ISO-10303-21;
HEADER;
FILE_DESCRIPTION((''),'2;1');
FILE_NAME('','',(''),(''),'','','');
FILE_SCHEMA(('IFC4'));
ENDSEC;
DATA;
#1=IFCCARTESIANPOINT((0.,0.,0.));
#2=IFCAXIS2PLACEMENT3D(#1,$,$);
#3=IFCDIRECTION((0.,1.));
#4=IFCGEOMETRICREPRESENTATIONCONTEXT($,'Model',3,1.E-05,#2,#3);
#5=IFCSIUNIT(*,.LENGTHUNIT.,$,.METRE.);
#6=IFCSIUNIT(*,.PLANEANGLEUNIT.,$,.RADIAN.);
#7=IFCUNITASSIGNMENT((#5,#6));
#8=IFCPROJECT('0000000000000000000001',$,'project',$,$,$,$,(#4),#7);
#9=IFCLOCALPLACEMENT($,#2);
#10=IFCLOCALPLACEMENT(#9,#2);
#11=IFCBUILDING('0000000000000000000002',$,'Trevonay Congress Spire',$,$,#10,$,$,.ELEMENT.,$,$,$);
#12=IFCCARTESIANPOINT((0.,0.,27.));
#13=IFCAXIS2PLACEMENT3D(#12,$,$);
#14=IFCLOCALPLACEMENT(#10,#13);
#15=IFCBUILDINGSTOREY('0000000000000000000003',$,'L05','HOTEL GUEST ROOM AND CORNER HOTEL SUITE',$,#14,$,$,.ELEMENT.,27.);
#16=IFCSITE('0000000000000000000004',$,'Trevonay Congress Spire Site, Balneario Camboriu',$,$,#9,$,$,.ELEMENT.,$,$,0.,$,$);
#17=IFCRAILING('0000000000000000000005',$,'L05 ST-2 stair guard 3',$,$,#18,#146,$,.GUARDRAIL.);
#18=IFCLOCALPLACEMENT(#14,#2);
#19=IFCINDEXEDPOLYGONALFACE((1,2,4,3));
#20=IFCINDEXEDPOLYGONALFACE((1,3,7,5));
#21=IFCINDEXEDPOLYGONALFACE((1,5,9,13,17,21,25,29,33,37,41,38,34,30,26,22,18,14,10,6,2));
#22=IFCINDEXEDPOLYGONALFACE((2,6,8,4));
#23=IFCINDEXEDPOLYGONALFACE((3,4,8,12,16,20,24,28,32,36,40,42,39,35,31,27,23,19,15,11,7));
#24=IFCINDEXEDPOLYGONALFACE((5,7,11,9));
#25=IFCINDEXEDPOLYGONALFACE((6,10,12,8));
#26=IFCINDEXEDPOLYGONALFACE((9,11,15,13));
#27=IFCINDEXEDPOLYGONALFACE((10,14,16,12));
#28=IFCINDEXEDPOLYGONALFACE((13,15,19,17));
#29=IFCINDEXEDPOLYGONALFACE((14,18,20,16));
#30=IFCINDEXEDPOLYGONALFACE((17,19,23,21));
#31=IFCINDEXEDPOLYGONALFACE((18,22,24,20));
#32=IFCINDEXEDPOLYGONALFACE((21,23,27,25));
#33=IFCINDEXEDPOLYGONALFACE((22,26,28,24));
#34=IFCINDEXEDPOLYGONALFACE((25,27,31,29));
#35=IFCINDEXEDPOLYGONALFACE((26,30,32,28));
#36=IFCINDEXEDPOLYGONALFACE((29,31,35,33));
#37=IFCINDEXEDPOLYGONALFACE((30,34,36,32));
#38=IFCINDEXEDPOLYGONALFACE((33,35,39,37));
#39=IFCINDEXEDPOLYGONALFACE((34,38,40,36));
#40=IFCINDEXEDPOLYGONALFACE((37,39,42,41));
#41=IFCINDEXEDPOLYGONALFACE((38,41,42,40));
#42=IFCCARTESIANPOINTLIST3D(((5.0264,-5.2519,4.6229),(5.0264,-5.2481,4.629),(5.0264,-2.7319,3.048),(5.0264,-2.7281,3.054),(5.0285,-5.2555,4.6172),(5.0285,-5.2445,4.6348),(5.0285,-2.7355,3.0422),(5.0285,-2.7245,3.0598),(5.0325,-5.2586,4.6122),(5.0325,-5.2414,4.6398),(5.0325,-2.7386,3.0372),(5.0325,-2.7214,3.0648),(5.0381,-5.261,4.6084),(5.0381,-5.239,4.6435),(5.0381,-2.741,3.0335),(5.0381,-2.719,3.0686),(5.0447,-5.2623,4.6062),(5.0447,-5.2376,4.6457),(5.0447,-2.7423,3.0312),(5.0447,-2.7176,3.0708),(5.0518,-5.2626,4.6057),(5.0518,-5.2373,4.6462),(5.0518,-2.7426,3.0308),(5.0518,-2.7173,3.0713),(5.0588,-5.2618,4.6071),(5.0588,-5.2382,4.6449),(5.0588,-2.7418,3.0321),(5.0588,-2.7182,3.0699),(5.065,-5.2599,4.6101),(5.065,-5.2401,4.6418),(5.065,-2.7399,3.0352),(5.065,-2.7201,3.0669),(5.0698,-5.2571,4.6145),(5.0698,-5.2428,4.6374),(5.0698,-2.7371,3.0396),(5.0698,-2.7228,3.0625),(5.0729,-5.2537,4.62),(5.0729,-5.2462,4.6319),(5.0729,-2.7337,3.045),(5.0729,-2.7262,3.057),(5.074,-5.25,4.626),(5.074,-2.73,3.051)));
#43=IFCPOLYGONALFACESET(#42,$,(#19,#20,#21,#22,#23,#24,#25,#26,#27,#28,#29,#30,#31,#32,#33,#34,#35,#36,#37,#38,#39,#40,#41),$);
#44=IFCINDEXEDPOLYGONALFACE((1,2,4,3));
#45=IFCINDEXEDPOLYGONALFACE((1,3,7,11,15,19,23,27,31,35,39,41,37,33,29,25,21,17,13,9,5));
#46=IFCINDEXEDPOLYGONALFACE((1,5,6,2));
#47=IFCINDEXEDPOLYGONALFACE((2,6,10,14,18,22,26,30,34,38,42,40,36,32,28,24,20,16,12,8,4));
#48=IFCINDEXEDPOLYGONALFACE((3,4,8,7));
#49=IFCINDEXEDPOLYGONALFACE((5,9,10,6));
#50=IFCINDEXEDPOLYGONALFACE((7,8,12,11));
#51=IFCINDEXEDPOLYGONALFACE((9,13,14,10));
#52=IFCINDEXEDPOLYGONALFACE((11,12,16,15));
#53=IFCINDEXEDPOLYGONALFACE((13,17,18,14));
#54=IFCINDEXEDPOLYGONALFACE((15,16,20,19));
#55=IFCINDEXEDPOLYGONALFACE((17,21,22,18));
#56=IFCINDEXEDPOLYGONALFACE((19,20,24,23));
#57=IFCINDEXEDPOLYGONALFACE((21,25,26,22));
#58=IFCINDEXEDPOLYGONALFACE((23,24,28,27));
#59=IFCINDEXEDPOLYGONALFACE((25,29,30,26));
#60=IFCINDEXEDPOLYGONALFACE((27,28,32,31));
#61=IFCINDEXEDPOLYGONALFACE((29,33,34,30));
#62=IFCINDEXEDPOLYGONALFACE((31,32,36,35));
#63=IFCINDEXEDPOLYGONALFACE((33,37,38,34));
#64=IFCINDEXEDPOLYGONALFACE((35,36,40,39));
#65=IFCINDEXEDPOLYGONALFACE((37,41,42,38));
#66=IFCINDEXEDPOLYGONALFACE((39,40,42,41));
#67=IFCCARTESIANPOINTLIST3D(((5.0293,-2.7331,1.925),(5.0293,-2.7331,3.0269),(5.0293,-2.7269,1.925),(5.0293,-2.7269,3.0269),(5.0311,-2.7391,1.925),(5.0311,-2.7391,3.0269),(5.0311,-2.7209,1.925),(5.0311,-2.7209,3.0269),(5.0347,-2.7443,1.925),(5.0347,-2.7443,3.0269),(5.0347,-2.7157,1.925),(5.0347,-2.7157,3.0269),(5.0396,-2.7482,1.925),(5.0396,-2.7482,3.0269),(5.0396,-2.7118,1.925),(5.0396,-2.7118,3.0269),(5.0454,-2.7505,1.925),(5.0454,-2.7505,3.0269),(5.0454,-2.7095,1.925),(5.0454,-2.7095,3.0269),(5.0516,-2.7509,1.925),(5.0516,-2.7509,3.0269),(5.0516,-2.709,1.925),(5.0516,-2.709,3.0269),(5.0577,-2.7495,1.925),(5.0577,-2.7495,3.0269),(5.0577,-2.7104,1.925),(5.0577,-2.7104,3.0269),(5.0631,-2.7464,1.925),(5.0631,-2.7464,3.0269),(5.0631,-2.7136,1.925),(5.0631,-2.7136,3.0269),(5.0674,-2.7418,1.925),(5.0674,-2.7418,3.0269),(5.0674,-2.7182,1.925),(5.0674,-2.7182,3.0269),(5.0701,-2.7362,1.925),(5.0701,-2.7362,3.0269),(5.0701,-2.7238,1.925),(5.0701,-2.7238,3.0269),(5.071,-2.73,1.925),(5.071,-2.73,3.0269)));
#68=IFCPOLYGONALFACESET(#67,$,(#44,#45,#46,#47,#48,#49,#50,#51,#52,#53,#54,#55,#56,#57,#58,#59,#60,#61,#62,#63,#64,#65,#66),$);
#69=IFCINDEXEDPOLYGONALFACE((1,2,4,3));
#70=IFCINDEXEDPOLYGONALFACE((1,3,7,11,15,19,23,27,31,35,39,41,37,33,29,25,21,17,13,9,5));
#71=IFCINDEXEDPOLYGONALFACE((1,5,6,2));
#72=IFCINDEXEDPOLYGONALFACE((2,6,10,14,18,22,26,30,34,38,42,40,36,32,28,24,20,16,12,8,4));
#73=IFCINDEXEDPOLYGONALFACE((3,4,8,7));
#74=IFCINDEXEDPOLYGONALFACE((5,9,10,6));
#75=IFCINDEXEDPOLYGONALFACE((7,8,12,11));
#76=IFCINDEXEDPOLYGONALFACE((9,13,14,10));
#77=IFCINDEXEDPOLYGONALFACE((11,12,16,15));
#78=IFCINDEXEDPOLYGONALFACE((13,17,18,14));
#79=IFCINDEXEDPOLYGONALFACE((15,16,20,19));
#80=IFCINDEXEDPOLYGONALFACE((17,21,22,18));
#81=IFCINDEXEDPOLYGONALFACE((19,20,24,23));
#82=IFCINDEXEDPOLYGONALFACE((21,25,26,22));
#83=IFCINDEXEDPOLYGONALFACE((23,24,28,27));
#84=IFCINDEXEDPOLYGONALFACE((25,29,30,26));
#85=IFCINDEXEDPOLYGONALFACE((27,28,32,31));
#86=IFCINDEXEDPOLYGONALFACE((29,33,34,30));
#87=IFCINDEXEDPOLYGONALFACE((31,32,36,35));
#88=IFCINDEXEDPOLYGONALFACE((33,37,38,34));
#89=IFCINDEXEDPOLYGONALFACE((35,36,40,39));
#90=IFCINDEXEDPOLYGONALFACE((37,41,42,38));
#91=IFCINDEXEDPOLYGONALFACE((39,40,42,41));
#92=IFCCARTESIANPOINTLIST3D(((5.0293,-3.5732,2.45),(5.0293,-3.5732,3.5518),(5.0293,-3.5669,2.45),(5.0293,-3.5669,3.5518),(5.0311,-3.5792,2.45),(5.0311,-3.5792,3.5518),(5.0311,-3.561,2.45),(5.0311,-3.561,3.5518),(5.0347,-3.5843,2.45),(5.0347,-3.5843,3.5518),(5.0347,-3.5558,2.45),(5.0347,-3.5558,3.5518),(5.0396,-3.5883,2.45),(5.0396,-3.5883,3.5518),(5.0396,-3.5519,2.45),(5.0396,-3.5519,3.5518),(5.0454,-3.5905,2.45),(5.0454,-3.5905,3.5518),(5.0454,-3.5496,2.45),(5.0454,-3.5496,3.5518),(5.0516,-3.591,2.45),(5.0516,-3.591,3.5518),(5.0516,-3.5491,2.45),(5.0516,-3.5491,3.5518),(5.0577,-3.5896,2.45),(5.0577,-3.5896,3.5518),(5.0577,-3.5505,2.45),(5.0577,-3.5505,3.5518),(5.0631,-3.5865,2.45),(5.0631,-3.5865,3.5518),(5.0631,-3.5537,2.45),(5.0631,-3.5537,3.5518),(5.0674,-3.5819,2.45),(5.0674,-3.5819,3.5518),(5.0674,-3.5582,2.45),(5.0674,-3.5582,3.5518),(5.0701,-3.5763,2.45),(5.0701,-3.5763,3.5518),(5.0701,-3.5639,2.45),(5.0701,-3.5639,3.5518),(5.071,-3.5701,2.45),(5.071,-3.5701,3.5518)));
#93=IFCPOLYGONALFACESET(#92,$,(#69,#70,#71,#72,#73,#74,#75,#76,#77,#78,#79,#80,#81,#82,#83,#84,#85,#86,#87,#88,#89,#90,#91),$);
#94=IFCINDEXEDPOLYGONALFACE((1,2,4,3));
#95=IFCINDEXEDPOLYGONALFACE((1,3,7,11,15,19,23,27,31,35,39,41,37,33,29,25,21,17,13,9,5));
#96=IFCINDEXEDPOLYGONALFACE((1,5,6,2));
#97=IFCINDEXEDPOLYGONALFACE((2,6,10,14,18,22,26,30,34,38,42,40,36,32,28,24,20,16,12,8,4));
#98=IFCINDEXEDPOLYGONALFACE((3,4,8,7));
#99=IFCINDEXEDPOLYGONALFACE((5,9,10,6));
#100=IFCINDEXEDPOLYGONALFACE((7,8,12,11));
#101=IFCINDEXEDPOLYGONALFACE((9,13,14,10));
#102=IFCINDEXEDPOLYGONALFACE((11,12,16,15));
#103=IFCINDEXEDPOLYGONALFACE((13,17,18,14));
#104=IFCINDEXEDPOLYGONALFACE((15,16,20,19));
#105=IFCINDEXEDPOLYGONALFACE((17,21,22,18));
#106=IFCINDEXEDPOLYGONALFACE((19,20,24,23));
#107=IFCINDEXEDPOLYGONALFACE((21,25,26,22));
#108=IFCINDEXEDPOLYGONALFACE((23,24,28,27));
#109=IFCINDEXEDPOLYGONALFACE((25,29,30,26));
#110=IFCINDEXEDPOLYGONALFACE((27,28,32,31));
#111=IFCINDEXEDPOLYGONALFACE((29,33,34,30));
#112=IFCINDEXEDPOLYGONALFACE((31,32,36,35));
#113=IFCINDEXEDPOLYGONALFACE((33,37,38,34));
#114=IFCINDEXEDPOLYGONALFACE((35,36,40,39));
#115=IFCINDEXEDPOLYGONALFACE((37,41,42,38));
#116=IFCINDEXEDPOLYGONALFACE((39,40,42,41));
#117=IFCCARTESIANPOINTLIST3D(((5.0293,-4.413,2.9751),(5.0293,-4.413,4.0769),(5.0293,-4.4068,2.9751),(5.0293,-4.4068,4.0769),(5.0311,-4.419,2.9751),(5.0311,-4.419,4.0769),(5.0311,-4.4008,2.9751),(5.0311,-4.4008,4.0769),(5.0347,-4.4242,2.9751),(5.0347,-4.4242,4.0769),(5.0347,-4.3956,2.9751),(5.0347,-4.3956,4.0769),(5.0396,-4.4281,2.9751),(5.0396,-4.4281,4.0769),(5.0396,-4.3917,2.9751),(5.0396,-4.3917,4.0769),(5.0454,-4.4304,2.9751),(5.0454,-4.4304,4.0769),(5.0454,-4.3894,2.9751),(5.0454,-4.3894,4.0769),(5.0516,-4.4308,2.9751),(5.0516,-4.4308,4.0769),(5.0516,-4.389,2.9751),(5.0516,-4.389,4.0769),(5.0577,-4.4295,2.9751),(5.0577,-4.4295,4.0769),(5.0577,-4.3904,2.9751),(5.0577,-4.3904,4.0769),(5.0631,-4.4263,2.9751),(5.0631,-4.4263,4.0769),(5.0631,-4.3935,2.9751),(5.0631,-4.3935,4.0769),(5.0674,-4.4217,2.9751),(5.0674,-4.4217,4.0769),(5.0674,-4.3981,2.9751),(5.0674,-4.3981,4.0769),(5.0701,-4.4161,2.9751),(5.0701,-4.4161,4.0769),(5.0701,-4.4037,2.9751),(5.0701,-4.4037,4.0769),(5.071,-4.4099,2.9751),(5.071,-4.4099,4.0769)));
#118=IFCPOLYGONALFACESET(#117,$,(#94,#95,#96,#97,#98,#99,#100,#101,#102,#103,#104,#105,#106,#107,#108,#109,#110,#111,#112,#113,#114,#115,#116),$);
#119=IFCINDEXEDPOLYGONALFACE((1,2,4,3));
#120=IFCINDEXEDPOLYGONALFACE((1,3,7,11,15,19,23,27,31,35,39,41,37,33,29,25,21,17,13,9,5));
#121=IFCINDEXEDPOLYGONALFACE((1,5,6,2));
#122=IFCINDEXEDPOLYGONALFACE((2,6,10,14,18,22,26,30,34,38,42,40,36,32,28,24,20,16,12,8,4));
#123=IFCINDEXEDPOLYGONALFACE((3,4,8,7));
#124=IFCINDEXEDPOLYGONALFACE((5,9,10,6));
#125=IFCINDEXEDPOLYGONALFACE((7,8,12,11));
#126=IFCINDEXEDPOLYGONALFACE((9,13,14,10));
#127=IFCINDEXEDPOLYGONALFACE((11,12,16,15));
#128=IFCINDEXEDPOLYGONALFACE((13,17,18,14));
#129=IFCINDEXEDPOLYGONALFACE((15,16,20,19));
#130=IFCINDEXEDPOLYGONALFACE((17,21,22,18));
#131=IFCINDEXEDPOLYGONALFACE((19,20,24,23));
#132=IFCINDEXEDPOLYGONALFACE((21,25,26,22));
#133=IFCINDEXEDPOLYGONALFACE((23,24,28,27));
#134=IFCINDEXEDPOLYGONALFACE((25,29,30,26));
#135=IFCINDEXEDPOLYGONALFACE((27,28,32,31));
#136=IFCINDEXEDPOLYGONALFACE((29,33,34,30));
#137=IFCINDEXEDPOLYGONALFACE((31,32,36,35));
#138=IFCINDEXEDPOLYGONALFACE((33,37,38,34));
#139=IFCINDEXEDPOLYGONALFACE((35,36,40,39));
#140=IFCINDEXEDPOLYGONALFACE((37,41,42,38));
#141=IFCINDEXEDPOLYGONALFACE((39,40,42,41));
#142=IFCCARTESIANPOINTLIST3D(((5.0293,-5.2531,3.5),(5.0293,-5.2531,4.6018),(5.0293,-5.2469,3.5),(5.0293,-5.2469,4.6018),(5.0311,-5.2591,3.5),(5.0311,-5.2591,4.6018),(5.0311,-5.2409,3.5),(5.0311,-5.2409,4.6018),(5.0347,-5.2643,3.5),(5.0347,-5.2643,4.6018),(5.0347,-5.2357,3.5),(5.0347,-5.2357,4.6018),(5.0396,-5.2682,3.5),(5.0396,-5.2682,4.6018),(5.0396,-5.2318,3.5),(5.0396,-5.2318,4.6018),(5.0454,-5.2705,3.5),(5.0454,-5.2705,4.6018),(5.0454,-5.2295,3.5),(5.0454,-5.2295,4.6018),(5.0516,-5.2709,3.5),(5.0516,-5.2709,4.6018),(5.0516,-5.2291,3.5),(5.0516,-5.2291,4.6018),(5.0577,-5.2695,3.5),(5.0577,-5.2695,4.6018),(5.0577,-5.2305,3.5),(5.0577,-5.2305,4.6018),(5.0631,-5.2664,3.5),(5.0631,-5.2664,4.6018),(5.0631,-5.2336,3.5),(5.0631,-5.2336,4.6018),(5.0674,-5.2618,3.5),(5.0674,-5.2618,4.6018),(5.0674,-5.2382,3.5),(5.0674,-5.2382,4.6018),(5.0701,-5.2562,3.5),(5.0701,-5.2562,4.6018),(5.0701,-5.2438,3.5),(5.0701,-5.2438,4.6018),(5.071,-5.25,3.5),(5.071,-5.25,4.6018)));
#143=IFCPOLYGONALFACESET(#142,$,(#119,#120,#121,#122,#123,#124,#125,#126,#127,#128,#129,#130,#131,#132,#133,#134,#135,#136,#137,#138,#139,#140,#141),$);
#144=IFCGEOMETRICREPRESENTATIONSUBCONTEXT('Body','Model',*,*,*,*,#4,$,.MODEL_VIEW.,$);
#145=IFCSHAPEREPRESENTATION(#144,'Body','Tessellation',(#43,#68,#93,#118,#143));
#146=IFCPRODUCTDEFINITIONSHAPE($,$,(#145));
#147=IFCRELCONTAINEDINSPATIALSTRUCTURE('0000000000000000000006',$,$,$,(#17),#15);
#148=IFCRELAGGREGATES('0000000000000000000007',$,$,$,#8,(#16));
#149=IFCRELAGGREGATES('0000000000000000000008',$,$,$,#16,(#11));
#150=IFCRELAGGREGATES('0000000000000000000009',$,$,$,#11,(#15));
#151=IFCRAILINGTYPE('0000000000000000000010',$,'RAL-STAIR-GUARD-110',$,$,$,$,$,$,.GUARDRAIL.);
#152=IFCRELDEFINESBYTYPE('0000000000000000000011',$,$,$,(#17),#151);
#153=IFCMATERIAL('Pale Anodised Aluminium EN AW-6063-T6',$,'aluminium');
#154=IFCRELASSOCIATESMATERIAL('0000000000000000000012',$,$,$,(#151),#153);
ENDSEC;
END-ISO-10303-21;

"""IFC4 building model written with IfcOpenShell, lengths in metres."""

from ifc_helpers import new_model, si_unit, direction, frame, origin, origin_2d, place, context, subcontext, project, spatial, circle, extrude, material, type_object, element, save


model = new_model("IFC4")

# Units and contexts
model_context = context("Model", 3, precision=1e-05, world=origin(), true_north=direction((0.0, 1.0)))
body_context = subcontext(model_context, "Body", "Model", "MODEL_VIEW")
ifc_project = project(units=[si_unit("LENGTHUNIT", "METRE"), si_unit("PLANEANGLEUNIT", "RADIAN")], contexts=[model_context])

# Site, building, storey
site_placement = place(None, origin())
site = spatial("IfcSite", under=ifc_project, at=site_placement, Name="Trevonay Congress Spire Site, Balneario Camboriu", CompositionType="ELEMENT", RefElevation=0.0)
building_placement = place(site_placement, origin())
building = spatial("IfcBuilding", under=site, at=building_placement, Name="Trevonay Congress Spire", CompositionType="ELEMENT")
storey_placement = place(building_placement, frame((0.0, 0.0, 27.0)))
storey = spatial("IfcBuildingStorey", under=building, at=storey_placement, Name="L05", Description="HOTEL GUEST ROOM AND CORNER HOTEL SUITE", CompositionType="ELEMENT", Elevation=27.0)

# Railing
ifc_material_1 = material(Name="Pale Anodised Aluminium EN AW-6063-T6", Category="aluminium")
railing_type = type_object("IfcRailingType", Name="RAL-STAIR-GUARD-110", PredefinedType="GUARDRAIL", material=ifc_material_1)
railing_1_placement = place(storey_placement, frame((5.05, -2.73, 1.925)))
element("IfcRailing", 1, at=railing_1_placement, inside=storey, type_object=railing_type, Name="L05 ST-2 stair guard 3", PredefinedType="GUARDRAIL", context=body_context, shape_type="SweptSolid", body=[
    extrude(circle(Radius=0.0239, at=origin_2d()), frame((0.0, 0.0, 1.126), z_axis=(0.0, -0.848008, 0.529984), x_axis=(1.0, 0.0, 0.0)), (0.0, 0.0, 1.0), 2.9717),
    extrude(circle(Radius=0.021, at=origin_2d()), origin(), (0.0, 0.0, 1.0), 1.1018),
    extrude(circle(Radius=0.021, at=origin_2d()), frame((0.0, -0.8401, 0.5249)), (0.0, 0.0, 1.0), 1.1018),
    extrude(circle(Radius=0.021, at=origin_2d()), frame((0.0, -1.6799, 1.05)), (0.0, 0.0, 1.0), 1.1018),
    extrude(circle(Radius=0.021, at=origin_2d()), frame((0.0, -2.52, 1.575)), (0.0, 0.0, 1.0), 1.1018),
])

save(model, "model.ifc")
